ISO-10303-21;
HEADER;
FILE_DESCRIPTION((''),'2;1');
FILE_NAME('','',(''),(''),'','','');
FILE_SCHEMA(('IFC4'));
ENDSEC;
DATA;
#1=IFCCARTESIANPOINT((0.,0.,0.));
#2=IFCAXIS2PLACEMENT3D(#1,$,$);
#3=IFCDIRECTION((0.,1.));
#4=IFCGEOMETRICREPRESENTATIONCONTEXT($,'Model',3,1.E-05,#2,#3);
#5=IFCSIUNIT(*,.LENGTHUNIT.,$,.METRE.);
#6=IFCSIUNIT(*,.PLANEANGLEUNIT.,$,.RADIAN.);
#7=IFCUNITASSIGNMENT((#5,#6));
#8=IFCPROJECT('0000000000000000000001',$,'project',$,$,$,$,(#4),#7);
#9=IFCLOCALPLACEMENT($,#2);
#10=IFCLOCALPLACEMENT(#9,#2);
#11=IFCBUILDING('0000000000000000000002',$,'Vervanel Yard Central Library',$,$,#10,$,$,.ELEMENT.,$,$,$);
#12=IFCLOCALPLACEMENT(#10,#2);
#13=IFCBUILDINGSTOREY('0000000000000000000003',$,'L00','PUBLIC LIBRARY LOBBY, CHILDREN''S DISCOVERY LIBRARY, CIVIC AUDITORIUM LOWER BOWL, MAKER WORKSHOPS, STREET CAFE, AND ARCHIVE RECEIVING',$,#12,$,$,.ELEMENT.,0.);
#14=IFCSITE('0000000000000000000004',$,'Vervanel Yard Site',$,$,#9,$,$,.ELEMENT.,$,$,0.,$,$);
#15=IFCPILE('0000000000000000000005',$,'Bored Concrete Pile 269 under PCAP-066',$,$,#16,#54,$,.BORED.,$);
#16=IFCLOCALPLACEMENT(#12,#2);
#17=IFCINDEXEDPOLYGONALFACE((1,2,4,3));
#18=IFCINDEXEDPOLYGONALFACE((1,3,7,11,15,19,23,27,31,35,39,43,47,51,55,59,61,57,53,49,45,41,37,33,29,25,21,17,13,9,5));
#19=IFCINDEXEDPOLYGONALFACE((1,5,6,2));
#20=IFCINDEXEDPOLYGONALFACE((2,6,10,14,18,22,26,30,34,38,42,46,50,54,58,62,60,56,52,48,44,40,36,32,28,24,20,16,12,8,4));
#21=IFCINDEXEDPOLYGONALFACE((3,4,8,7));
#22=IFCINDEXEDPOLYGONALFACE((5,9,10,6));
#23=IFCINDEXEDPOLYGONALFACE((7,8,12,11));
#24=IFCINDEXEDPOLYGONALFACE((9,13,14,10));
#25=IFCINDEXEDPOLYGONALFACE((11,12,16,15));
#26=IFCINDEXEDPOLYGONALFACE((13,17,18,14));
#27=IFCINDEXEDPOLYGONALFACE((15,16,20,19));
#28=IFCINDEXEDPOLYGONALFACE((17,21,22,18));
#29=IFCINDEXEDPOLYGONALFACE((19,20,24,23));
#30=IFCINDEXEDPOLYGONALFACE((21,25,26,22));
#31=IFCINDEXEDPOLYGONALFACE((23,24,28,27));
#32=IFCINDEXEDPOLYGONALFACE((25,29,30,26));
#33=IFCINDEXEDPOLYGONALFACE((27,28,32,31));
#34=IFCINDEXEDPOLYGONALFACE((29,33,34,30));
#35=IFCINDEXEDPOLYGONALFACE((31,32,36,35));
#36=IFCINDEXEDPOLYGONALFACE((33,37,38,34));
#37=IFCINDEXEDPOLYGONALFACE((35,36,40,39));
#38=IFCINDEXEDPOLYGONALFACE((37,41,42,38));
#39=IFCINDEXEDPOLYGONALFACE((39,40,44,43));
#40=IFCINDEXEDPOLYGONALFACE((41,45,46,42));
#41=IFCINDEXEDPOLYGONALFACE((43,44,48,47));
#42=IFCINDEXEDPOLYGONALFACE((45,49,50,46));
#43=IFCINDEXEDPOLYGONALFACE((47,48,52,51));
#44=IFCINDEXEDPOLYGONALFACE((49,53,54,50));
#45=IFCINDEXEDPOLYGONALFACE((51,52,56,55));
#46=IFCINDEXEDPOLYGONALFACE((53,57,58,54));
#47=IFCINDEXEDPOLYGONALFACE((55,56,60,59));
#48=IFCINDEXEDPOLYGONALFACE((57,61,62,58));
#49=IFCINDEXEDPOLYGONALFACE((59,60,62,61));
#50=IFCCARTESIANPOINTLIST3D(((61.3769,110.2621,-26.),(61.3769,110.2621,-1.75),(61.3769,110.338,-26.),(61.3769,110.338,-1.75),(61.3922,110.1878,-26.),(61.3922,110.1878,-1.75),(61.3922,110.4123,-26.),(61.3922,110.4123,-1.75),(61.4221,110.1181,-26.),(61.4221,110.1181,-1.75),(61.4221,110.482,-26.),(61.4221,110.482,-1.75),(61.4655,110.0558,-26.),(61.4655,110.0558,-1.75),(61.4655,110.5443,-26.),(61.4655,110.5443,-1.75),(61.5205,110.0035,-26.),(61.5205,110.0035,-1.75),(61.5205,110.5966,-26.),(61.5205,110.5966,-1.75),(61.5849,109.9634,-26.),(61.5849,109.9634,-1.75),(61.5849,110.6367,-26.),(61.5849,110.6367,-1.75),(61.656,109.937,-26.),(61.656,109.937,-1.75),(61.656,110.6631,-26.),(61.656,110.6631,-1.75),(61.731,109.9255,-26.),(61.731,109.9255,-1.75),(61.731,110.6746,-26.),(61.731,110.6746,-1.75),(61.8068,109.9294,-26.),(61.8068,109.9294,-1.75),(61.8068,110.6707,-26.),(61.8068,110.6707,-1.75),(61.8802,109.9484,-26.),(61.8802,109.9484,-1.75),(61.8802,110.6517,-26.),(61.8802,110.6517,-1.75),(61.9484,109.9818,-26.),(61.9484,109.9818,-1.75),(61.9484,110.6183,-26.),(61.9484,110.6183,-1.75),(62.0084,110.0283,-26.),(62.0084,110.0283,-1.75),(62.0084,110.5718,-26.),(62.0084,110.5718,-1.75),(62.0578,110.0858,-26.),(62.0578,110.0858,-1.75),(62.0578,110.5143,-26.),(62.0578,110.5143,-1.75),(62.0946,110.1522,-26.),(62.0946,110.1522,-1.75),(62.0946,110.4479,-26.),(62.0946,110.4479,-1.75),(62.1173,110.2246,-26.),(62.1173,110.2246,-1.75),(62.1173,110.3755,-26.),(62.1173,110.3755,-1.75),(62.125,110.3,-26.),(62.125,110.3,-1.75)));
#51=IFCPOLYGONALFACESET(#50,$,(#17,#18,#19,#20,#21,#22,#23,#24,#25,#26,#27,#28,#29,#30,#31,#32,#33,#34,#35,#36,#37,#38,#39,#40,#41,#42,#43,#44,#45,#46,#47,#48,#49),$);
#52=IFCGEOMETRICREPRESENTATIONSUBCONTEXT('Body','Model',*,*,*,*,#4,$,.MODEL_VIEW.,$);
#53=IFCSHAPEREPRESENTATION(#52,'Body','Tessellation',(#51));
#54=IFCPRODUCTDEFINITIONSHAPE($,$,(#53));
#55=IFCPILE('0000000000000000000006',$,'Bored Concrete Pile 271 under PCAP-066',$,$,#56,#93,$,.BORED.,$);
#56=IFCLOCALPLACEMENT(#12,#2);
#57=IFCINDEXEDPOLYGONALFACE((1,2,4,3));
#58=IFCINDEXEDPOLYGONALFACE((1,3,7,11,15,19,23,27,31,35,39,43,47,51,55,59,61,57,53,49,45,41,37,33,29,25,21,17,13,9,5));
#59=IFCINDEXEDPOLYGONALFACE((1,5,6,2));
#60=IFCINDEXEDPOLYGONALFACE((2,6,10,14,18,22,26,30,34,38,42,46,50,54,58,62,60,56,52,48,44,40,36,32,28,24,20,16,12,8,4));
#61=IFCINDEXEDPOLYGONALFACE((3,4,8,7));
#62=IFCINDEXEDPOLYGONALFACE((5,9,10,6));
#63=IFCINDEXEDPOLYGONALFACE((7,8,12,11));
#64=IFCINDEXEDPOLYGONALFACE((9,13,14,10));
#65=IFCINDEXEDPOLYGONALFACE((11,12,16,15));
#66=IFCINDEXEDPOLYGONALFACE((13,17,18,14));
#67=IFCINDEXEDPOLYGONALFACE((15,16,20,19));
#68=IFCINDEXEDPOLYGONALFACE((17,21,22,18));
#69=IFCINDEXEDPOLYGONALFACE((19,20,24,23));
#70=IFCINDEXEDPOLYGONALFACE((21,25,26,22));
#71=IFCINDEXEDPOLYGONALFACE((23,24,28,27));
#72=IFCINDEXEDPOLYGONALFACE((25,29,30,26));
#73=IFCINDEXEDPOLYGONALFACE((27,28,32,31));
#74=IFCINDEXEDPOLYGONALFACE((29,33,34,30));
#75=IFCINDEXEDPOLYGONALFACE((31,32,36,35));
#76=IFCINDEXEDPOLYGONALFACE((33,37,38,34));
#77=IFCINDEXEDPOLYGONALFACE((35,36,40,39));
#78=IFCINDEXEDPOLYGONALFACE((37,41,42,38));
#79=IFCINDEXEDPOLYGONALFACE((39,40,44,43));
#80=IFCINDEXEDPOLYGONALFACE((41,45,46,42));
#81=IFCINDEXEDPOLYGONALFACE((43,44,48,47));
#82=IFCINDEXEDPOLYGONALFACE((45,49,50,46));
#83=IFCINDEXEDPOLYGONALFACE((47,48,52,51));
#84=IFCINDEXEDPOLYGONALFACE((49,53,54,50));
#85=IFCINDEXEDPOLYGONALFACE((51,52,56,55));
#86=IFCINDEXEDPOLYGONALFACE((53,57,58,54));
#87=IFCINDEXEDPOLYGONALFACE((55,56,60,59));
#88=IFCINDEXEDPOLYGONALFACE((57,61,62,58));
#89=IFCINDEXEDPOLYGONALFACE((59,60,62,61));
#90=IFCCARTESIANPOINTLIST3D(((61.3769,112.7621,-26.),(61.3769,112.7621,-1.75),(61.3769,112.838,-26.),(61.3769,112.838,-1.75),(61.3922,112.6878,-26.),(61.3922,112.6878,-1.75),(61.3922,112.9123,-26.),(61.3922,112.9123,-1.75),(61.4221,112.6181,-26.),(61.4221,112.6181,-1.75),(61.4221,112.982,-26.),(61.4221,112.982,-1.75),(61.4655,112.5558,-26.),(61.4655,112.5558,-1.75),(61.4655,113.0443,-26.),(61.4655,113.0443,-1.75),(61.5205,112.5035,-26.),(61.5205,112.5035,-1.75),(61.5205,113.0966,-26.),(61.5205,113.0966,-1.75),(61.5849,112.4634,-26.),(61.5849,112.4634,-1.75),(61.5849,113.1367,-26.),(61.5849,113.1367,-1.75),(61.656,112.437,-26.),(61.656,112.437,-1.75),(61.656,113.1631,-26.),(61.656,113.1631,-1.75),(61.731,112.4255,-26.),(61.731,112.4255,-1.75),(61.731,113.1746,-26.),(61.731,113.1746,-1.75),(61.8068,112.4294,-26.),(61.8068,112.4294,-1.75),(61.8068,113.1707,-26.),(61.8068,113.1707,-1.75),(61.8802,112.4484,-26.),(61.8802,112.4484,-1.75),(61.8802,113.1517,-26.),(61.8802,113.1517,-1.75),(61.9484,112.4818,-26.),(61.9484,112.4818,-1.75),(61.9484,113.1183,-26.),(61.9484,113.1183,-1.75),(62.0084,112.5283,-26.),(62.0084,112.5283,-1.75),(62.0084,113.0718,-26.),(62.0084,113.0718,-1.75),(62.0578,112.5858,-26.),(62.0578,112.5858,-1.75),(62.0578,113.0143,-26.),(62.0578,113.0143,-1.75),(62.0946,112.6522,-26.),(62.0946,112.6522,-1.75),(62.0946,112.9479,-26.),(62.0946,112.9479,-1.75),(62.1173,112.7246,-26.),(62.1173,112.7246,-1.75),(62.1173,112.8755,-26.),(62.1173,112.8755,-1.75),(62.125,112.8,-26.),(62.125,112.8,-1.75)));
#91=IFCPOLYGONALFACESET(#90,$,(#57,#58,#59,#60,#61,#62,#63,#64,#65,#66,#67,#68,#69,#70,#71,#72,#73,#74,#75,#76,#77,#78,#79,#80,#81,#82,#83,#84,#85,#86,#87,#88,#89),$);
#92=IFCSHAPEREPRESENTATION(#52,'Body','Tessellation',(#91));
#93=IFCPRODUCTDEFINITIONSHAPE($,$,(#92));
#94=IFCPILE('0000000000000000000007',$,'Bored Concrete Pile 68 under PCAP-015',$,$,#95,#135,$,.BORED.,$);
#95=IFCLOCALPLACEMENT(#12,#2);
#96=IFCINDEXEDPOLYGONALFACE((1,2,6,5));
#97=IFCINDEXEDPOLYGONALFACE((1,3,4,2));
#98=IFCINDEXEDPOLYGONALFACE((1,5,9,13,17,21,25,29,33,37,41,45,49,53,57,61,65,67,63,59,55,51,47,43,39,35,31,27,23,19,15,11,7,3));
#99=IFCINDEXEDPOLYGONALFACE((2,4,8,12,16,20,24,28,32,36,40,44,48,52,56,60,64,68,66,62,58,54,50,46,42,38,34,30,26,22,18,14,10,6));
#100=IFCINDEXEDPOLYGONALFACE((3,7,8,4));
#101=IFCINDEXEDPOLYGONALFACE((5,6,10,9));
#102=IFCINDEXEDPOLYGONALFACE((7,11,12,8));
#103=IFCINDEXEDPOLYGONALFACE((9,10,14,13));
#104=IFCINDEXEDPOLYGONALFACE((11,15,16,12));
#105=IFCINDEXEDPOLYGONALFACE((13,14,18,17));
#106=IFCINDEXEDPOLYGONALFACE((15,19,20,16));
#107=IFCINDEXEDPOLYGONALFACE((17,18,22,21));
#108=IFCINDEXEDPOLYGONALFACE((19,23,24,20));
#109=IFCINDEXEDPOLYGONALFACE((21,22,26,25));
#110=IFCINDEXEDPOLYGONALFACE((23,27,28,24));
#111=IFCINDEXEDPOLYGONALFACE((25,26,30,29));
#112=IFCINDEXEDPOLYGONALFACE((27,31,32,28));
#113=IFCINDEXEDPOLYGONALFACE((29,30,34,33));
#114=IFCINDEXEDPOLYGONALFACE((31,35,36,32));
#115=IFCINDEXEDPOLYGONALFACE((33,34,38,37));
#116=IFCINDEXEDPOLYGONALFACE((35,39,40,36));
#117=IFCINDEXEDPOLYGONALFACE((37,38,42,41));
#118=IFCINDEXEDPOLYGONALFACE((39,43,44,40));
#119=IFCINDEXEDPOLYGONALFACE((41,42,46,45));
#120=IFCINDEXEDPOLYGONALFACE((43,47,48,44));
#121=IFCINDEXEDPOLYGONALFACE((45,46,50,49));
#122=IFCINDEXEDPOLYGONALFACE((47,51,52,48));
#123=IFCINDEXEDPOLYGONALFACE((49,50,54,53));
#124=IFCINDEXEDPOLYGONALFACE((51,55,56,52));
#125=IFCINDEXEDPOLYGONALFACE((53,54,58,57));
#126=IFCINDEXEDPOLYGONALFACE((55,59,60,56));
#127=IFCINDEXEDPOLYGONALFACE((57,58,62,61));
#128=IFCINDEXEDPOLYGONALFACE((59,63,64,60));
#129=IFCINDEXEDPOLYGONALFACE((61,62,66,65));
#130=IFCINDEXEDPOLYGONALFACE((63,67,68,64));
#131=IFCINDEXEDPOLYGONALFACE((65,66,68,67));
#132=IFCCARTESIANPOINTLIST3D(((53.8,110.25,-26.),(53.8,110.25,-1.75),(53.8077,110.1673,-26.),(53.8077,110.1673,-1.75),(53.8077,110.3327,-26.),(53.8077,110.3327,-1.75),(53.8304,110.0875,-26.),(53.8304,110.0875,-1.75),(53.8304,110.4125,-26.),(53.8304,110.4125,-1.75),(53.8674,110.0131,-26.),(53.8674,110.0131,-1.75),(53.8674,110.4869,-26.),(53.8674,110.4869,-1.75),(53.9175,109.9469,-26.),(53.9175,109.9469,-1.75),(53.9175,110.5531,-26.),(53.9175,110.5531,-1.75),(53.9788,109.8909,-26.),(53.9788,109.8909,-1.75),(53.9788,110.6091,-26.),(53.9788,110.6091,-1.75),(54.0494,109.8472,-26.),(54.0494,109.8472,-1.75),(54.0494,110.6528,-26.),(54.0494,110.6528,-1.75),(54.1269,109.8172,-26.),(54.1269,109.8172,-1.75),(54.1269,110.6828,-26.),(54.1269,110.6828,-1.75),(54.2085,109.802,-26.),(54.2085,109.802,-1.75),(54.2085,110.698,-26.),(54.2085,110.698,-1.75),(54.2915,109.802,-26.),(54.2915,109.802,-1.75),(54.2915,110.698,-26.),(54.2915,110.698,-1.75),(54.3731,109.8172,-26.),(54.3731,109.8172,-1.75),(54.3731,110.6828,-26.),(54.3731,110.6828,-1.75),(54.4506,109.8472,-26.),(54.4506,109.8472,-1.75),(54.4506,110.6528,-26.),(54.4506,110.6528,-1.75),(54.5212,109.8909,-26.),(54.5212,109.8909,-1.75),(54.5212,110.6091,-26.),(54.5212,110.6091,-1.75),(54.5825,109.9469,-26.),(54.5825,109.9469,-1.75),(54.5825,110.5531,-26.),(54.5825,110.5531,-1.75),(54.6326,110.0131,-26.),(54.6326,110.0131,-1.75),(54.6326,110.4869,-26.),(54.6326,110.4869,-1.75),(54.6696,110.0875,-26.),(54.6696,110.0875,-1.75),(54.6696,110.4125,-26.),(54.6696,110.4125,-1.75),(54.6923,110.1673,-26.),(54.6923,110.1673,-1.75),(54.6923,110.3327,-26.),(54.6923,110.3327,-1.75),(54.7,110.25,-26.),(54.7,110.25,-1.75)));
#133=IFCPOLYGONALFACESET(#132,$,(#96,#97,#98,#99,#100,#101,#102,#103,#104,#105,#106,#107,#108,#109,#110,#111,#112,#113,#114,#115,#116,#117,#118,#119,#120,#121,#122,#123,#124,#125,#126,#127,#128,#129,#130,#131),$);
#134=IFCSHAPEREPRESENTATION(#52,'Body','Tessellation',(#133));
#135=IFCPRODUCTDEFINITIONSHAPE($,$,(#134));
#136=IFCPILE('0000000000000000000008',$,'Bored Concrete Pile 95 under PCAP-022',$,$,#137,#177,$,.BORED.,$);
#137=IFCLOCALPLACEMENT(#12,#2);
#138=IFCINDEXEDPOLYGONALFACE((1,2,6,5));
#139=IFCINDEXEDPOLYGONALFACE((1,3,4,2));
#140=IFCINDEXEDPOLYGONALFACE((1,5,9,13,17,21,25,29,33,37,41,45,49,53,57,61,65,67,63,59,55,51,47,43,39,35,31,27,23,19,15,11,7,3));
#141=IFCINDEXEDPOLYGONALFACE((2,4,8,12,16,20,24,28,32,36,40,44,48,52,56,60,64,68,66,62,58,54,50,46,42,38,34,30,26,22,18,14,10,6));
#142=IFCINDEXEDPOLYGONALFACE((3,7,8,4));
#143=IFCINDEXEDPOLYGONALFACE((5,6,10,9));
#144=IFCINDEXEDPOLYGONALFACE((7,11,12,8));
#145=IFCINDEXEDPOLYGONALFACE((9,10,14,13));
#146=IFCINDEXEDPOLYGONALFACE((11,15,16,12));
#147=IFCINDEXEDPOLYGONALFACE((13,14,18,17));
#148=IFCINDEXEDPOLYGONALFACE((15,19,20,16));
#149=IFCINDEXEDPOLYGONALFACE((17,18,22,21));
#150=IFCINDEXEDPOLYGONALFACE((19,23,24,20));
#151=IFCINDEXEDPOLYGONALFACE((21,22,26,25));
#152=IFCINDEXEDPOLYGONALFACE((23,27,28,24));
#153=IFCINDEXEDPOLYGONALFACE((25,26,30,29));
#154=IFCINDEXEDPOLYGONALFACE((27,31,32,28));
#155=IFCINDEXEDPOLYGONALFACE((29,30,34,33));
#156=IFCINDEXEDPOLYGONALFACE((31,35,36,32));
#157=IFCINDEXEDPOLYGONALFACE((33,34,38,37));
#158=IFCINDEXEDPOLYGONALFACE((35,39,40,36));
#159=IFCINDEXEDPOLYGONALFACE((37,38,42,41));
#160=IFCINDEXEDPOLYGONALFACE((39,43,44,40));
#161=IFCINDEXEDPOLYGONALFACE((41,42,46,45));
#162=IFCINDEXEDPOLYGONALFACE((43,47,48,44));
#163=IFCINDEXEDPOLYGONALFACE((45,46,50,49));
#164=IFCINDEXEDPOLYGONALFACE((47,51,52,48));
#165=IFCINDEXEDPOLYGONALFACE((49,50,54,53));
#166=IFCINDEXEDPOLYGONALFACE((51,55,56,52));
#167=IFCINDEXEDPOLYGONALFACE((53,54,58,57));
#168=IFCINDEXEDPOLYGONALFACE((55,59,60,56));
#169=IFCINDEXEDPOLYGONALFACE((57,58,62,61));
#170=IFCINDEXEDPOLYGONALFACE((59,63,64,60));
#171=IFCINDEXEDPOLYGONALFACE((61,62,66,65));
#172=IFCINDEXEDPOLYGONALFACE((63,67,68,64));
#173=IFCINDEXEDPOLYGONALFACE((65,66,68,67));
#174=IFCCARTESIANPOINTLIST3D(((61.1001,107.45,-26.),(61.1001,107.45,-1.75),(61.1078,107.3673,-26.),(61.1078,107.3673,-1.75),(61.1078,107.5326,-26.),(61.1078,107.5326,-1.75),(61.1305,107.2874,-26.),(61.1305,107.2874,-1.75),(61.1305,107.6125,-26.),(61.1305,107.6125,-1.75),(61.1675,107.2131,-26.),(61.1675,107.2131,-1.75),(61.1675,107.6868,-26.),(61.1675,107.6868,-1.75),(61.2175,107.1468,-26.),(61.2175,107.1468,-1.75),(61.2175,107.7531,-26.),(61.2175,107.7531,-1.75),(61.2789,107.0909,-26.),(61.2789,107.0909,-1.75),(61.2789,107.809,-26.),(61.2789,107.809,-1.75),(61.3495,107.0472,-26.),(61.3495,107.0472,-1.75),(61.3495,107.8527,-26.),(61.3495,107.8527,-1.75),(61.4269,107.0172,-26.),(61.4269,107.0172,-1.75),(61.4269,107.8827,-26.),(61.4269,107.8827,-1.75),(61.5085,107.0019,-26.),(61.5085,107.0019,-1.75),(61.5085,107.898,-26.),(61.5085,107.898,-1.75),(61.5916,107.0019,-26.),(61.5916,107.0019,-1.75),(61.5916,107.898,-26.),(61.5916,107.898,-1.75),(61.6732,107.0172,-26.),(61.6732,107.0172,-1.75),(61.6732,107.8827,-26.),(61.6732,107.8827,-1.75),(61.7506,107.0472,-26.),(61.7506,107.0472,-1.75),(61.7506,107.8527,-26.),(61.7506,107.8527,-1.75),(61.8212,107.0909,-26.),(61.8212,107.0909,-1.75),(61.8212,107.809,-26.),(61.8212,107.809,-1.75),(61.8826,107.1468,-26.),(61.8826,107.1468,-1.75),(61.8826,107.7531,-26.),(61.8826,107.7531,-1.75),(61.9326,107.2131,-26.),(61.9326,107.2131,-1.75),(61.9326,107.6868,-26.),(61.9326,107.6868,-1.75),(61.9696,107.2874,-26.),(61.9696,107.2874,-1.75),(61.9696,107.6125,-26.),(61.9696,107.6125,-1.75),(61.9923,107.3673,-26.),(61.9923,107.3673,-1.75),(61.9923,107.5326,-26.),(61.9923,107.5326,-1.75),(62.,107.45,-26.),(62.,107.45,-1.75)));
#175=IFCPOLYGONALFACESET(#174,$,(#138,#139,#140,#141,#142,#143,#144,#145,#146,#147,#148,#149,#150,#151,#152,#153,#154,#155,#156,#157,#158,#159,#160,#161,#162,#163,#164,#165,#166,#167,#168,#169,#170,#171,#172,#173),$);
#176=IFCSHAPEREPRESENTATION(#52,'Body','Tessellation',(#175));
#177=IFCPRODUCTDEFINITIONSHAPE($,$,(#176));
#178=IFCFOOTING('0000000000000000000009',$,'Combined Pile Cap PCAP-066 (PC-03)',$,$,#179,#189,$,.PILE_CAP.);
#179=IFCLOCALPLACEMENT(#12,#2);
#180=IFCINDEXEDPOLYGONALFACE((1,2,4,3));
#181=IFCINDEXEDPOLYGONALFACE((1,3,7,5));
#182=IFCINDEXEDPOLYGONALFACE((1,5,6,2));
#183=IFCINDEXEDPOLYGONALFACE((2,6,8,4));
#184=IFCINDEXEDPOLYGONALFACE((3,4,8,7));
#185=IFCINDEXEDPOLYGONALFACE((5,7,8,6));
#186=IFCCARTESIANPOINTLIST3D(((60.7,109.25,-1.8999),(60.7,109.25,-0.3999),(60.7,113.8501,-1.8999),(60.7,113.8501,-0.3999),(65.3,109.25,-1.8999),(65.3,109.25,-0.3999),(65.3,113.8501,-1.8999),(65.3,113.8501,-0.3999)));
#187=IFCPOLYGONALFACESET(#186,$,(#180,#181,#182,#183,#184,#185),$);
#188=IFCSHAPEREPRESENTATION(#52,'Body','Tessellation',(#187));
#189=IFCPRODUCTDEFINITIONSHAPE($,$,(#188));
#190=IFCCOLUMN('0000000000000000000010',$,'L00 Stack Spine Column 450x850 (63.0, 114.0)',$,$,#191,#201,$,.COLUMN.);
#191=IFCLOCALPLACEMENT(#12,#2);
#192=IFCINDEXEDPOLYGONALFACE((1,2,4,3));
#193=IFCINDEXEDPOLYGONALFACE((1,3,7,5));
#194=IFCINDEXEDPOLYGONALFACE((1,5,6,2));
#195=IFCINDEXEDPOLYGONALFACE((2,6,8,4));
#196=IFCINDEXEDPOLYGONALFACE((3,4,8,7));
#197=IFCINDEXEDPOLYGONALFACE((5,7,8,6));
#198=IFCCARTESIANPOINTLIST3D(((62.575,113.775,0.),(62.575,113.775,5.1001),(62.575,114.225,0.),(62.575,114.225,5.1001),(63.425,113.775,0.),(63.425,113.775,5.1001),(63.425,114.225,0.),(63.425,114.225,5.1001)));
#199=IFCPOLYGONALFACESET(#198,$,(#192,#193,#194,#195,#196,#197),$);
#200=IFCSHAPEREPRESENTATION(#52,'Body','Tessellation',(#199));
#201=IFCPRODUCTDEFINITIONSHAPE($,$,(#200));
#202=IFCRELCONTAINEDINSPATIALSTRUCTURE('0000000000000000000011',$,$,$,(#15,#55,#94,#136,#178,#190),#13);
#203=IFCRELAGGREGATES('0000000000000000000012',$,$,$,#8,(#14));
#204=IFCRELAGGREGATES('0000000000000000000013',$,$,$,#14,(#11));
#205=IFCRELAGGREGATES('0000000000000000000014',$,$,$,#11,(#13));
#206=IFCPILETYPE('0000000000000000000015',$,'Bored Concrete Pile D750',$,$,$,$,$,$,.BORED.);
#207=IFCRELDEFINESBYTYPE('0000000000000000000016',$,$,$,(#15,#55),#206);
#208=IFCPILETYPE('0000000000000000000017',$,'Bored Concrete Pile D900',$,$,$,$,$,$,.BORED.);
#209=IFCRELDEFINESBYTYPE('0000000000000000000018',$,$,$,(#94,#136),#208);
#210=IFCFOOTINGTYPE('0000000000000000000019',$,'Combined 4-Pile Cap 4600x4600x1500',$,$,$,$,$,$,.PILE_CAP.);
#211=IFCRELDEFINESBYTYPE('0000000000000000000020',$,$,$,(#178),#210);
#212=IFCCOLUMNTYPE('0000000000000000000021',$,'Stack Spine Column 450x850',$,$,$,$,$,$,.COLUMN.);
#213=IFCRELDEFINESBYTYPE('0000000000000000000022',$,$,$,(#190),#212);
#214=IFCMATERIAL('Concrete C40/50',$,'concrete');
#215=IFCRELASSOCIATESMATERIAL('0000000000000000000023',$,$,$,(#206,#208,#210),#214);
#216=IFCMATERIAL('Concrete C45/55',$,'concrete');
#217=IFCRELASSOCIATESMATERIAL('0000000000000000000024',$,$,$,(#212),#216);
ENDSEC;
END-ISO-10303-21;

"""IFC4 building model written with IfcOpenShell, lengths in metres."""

from ifc_helpers import new_model, si_unit, direction, frame, origin, origin_2d, place, context, subcontext, project, spatial, rectangle, circle, extrude, material, material_profile, profile_set, type_object, element, save


model = new_model("IFC4")

# Units and contexts
model_context = context("Model", 3, precision=1e-05, world=origin(), true_north=direction((0.0, 1.0)))
body_context = subcontext(model_context, "Body", "Model", "MODEL_VIEW")
ifc_project = project(units=[si_unit("LENGTHUNIT", "METRE"), si_unit("PLANEANGLEUNIT", "RADIAN")], contexts=[model_context])

# Site, building, storey
site_placement = place(None, origin())
site = spatial("IfcSite", under=ifc_project, at=site_placement, Name="Vervanel Yard Site", CompositionType="ELEMENT", RefElevation=0.0)
building_placement = place(site_placement, origin())
building = spatial("IfcBuilding", under=site, at=building_placement, Name="Vervanel Yard Central Library", CompositionType="ELEMENT")
storey_placement = place(building_placement, origin())
storey = spatial("IfcBuildingStorey", under=building, at=storey_placement, Name="L00", Description="PUBLIC LIBRARY LOBBY, CHILDREN'S DISCOVERY LIBRARY, CIVIC AUDITORIUM LOWER BOWL, MAKER WORKSHOPS, STREET CAFE, AND ARCHIVE RECEIVING", CompositionType="ELEMENT", Elevation=0.0)

# Piles
ifc_material_1 = material(Name="Concrete C40/50", Category="concrete")
ifc_material_profile_1 = material_profile(ifc_material_1, circle(Radius=0.375, at=origin_2d()), Name="BP D750", Category="concrete")
ifc_profile_set_1 = profile_set([ifc_material_profile_1], Name="Concrete C40/50")
pile_type_1 = type_object("IfcPileType", Name="Bored Concrete Pile D750", PredefinedType="BORED", material=ifc_profile_set_1)
for number, where, z_axis, x_axis, name in (
    (1, (61.75, 110.3, -1.75), (0.0, 0.0, -1.0), (1.0, 0.0, 0.0), "Bored Concrete Pile 269 under PCAP-066"),
    (2, (61.75, 112.8, -1.75), (0.0, 0.0, -1.0), (1.0, 0.0, 0.0), "Bored Concrete Pile 271 under PCAP-066"),
):
    element("IfcPile", number, at=place(storey_placement, frame(where, z_axis=z_axis, x_axis=x_axis)), inside=storey, type_object=pile_type_1, Name=name, PredefinedType="BORED", context=body_context, shape_type="SweptSolid", body=[
        extrude(circle(Radius=0.375, at=origin_2d()), origin(), (0.0, 0.0, 1.0), 24.25),
    ])
ifc_material_profile_2 = material_profile(ifc_material_1, circle(Radius=0.45, at=origin_2d()), Name="BP D900", Category="concrete")
ifc_profile_set_2 = profile_set([ifc_material_profile_2], Name="Concrete C40/50")
pile_type_2 = type_object("IfcPileType", Name="Bored Concrete Pile D900", PredefinedType="BORED", material=ifc_profile_set_2)
for number, where, z_axis, x_axis, name in (
    (3, (54.25, 110.25, -1.75), (0.0, 0.0, -1.0), (1.0, 0.0, 0.0), "Bored Concrete Pile 68 under PCAP-015"),
    (4, (61.55, 107.45, -1.75), (0.0, 0.0, -1.0), (1.0, 0.0, 0.0), "Bored Concrete Pile 95 under PCAP-022"),
):
    element("IfcPile", number, at=place(storey_placement, frame(where, z_axis=z_axis, x_axis=x_axis)), inside=storey, type_object=pile_type_2, Name=name, PredefinedType="BORED", context=body_context, shape_type="SweptSolid", body=[
        extrude(circle(Radius=0.45, at=origin_2d()), origin(), (0.0, 0.0, 1.0), 24.25),
    ])

# Footing
footing_type = type_object("IfcFootingType", Name="Combined 4-Pile Cap 4600x4600x1500", PredefinedType="PILE_CAP", material=ifc_material_1)
footing_placement = place(storey_placement, frame((63.0, 111.55, -1.8999), z_axis=(0.0, 0.0, 1.0), x_axis=(1.0, 0.0, 0.0)))
element("IfcFooting", 5, at=footing_placement, inside=storey, type_object=footing_type, Name="Combined Pile Cap PCAP-066 (PC-03)", PredefinedType="PILE_CAP", context=body_context, shape_type="SweptSolid", body=[
    extrude(rectangle(XDim=4.6001, YDim=4.6001, at=origin_2d()), origin(), (0.0, 0.0, 1.0), 1.5),
])

# Column
ifc_material_2 = material(Name="Concrete C45/55", Category="concrete")
ifc_material_profile_3 = material_profile(ifc_material_2, rectangle(XDim=0.45, YDim=0.8501, at=origin_2d()), Name="RC 450x850", Category="concrete")
ifc_profile_set_3 = profile_set([ifc_material_profile_3], Name="Concrete C45/55")
column_type = type_object("IfcColumnType", Name="Stack Spine Column 450x850", PredefinedType="COLUMN", material=ifc_profile_set_3)
column_placement = place(storey_placement, frame((63.0, 114.0, 0.0), z_axis=(0.0, 0.0, 1.0), x_axis=(0.0, 1.0, 0.0)))
element("IfcColumn", 6, at=column_placement, inside=storey, type_object=column_type, Name="L00 Stack Spine Column 450x850 (63.0, 114.0)", PredefinedType="COLUMN", context=body_context, shape_type="SweptSolid", body=[
    extrude(rectangle(XDim=0.45, YDim=0.8501, at=origin_2d()), origin(), (0.0, 0.0, 1.0), 5.1001),
])

save(model, "model.ifc")
